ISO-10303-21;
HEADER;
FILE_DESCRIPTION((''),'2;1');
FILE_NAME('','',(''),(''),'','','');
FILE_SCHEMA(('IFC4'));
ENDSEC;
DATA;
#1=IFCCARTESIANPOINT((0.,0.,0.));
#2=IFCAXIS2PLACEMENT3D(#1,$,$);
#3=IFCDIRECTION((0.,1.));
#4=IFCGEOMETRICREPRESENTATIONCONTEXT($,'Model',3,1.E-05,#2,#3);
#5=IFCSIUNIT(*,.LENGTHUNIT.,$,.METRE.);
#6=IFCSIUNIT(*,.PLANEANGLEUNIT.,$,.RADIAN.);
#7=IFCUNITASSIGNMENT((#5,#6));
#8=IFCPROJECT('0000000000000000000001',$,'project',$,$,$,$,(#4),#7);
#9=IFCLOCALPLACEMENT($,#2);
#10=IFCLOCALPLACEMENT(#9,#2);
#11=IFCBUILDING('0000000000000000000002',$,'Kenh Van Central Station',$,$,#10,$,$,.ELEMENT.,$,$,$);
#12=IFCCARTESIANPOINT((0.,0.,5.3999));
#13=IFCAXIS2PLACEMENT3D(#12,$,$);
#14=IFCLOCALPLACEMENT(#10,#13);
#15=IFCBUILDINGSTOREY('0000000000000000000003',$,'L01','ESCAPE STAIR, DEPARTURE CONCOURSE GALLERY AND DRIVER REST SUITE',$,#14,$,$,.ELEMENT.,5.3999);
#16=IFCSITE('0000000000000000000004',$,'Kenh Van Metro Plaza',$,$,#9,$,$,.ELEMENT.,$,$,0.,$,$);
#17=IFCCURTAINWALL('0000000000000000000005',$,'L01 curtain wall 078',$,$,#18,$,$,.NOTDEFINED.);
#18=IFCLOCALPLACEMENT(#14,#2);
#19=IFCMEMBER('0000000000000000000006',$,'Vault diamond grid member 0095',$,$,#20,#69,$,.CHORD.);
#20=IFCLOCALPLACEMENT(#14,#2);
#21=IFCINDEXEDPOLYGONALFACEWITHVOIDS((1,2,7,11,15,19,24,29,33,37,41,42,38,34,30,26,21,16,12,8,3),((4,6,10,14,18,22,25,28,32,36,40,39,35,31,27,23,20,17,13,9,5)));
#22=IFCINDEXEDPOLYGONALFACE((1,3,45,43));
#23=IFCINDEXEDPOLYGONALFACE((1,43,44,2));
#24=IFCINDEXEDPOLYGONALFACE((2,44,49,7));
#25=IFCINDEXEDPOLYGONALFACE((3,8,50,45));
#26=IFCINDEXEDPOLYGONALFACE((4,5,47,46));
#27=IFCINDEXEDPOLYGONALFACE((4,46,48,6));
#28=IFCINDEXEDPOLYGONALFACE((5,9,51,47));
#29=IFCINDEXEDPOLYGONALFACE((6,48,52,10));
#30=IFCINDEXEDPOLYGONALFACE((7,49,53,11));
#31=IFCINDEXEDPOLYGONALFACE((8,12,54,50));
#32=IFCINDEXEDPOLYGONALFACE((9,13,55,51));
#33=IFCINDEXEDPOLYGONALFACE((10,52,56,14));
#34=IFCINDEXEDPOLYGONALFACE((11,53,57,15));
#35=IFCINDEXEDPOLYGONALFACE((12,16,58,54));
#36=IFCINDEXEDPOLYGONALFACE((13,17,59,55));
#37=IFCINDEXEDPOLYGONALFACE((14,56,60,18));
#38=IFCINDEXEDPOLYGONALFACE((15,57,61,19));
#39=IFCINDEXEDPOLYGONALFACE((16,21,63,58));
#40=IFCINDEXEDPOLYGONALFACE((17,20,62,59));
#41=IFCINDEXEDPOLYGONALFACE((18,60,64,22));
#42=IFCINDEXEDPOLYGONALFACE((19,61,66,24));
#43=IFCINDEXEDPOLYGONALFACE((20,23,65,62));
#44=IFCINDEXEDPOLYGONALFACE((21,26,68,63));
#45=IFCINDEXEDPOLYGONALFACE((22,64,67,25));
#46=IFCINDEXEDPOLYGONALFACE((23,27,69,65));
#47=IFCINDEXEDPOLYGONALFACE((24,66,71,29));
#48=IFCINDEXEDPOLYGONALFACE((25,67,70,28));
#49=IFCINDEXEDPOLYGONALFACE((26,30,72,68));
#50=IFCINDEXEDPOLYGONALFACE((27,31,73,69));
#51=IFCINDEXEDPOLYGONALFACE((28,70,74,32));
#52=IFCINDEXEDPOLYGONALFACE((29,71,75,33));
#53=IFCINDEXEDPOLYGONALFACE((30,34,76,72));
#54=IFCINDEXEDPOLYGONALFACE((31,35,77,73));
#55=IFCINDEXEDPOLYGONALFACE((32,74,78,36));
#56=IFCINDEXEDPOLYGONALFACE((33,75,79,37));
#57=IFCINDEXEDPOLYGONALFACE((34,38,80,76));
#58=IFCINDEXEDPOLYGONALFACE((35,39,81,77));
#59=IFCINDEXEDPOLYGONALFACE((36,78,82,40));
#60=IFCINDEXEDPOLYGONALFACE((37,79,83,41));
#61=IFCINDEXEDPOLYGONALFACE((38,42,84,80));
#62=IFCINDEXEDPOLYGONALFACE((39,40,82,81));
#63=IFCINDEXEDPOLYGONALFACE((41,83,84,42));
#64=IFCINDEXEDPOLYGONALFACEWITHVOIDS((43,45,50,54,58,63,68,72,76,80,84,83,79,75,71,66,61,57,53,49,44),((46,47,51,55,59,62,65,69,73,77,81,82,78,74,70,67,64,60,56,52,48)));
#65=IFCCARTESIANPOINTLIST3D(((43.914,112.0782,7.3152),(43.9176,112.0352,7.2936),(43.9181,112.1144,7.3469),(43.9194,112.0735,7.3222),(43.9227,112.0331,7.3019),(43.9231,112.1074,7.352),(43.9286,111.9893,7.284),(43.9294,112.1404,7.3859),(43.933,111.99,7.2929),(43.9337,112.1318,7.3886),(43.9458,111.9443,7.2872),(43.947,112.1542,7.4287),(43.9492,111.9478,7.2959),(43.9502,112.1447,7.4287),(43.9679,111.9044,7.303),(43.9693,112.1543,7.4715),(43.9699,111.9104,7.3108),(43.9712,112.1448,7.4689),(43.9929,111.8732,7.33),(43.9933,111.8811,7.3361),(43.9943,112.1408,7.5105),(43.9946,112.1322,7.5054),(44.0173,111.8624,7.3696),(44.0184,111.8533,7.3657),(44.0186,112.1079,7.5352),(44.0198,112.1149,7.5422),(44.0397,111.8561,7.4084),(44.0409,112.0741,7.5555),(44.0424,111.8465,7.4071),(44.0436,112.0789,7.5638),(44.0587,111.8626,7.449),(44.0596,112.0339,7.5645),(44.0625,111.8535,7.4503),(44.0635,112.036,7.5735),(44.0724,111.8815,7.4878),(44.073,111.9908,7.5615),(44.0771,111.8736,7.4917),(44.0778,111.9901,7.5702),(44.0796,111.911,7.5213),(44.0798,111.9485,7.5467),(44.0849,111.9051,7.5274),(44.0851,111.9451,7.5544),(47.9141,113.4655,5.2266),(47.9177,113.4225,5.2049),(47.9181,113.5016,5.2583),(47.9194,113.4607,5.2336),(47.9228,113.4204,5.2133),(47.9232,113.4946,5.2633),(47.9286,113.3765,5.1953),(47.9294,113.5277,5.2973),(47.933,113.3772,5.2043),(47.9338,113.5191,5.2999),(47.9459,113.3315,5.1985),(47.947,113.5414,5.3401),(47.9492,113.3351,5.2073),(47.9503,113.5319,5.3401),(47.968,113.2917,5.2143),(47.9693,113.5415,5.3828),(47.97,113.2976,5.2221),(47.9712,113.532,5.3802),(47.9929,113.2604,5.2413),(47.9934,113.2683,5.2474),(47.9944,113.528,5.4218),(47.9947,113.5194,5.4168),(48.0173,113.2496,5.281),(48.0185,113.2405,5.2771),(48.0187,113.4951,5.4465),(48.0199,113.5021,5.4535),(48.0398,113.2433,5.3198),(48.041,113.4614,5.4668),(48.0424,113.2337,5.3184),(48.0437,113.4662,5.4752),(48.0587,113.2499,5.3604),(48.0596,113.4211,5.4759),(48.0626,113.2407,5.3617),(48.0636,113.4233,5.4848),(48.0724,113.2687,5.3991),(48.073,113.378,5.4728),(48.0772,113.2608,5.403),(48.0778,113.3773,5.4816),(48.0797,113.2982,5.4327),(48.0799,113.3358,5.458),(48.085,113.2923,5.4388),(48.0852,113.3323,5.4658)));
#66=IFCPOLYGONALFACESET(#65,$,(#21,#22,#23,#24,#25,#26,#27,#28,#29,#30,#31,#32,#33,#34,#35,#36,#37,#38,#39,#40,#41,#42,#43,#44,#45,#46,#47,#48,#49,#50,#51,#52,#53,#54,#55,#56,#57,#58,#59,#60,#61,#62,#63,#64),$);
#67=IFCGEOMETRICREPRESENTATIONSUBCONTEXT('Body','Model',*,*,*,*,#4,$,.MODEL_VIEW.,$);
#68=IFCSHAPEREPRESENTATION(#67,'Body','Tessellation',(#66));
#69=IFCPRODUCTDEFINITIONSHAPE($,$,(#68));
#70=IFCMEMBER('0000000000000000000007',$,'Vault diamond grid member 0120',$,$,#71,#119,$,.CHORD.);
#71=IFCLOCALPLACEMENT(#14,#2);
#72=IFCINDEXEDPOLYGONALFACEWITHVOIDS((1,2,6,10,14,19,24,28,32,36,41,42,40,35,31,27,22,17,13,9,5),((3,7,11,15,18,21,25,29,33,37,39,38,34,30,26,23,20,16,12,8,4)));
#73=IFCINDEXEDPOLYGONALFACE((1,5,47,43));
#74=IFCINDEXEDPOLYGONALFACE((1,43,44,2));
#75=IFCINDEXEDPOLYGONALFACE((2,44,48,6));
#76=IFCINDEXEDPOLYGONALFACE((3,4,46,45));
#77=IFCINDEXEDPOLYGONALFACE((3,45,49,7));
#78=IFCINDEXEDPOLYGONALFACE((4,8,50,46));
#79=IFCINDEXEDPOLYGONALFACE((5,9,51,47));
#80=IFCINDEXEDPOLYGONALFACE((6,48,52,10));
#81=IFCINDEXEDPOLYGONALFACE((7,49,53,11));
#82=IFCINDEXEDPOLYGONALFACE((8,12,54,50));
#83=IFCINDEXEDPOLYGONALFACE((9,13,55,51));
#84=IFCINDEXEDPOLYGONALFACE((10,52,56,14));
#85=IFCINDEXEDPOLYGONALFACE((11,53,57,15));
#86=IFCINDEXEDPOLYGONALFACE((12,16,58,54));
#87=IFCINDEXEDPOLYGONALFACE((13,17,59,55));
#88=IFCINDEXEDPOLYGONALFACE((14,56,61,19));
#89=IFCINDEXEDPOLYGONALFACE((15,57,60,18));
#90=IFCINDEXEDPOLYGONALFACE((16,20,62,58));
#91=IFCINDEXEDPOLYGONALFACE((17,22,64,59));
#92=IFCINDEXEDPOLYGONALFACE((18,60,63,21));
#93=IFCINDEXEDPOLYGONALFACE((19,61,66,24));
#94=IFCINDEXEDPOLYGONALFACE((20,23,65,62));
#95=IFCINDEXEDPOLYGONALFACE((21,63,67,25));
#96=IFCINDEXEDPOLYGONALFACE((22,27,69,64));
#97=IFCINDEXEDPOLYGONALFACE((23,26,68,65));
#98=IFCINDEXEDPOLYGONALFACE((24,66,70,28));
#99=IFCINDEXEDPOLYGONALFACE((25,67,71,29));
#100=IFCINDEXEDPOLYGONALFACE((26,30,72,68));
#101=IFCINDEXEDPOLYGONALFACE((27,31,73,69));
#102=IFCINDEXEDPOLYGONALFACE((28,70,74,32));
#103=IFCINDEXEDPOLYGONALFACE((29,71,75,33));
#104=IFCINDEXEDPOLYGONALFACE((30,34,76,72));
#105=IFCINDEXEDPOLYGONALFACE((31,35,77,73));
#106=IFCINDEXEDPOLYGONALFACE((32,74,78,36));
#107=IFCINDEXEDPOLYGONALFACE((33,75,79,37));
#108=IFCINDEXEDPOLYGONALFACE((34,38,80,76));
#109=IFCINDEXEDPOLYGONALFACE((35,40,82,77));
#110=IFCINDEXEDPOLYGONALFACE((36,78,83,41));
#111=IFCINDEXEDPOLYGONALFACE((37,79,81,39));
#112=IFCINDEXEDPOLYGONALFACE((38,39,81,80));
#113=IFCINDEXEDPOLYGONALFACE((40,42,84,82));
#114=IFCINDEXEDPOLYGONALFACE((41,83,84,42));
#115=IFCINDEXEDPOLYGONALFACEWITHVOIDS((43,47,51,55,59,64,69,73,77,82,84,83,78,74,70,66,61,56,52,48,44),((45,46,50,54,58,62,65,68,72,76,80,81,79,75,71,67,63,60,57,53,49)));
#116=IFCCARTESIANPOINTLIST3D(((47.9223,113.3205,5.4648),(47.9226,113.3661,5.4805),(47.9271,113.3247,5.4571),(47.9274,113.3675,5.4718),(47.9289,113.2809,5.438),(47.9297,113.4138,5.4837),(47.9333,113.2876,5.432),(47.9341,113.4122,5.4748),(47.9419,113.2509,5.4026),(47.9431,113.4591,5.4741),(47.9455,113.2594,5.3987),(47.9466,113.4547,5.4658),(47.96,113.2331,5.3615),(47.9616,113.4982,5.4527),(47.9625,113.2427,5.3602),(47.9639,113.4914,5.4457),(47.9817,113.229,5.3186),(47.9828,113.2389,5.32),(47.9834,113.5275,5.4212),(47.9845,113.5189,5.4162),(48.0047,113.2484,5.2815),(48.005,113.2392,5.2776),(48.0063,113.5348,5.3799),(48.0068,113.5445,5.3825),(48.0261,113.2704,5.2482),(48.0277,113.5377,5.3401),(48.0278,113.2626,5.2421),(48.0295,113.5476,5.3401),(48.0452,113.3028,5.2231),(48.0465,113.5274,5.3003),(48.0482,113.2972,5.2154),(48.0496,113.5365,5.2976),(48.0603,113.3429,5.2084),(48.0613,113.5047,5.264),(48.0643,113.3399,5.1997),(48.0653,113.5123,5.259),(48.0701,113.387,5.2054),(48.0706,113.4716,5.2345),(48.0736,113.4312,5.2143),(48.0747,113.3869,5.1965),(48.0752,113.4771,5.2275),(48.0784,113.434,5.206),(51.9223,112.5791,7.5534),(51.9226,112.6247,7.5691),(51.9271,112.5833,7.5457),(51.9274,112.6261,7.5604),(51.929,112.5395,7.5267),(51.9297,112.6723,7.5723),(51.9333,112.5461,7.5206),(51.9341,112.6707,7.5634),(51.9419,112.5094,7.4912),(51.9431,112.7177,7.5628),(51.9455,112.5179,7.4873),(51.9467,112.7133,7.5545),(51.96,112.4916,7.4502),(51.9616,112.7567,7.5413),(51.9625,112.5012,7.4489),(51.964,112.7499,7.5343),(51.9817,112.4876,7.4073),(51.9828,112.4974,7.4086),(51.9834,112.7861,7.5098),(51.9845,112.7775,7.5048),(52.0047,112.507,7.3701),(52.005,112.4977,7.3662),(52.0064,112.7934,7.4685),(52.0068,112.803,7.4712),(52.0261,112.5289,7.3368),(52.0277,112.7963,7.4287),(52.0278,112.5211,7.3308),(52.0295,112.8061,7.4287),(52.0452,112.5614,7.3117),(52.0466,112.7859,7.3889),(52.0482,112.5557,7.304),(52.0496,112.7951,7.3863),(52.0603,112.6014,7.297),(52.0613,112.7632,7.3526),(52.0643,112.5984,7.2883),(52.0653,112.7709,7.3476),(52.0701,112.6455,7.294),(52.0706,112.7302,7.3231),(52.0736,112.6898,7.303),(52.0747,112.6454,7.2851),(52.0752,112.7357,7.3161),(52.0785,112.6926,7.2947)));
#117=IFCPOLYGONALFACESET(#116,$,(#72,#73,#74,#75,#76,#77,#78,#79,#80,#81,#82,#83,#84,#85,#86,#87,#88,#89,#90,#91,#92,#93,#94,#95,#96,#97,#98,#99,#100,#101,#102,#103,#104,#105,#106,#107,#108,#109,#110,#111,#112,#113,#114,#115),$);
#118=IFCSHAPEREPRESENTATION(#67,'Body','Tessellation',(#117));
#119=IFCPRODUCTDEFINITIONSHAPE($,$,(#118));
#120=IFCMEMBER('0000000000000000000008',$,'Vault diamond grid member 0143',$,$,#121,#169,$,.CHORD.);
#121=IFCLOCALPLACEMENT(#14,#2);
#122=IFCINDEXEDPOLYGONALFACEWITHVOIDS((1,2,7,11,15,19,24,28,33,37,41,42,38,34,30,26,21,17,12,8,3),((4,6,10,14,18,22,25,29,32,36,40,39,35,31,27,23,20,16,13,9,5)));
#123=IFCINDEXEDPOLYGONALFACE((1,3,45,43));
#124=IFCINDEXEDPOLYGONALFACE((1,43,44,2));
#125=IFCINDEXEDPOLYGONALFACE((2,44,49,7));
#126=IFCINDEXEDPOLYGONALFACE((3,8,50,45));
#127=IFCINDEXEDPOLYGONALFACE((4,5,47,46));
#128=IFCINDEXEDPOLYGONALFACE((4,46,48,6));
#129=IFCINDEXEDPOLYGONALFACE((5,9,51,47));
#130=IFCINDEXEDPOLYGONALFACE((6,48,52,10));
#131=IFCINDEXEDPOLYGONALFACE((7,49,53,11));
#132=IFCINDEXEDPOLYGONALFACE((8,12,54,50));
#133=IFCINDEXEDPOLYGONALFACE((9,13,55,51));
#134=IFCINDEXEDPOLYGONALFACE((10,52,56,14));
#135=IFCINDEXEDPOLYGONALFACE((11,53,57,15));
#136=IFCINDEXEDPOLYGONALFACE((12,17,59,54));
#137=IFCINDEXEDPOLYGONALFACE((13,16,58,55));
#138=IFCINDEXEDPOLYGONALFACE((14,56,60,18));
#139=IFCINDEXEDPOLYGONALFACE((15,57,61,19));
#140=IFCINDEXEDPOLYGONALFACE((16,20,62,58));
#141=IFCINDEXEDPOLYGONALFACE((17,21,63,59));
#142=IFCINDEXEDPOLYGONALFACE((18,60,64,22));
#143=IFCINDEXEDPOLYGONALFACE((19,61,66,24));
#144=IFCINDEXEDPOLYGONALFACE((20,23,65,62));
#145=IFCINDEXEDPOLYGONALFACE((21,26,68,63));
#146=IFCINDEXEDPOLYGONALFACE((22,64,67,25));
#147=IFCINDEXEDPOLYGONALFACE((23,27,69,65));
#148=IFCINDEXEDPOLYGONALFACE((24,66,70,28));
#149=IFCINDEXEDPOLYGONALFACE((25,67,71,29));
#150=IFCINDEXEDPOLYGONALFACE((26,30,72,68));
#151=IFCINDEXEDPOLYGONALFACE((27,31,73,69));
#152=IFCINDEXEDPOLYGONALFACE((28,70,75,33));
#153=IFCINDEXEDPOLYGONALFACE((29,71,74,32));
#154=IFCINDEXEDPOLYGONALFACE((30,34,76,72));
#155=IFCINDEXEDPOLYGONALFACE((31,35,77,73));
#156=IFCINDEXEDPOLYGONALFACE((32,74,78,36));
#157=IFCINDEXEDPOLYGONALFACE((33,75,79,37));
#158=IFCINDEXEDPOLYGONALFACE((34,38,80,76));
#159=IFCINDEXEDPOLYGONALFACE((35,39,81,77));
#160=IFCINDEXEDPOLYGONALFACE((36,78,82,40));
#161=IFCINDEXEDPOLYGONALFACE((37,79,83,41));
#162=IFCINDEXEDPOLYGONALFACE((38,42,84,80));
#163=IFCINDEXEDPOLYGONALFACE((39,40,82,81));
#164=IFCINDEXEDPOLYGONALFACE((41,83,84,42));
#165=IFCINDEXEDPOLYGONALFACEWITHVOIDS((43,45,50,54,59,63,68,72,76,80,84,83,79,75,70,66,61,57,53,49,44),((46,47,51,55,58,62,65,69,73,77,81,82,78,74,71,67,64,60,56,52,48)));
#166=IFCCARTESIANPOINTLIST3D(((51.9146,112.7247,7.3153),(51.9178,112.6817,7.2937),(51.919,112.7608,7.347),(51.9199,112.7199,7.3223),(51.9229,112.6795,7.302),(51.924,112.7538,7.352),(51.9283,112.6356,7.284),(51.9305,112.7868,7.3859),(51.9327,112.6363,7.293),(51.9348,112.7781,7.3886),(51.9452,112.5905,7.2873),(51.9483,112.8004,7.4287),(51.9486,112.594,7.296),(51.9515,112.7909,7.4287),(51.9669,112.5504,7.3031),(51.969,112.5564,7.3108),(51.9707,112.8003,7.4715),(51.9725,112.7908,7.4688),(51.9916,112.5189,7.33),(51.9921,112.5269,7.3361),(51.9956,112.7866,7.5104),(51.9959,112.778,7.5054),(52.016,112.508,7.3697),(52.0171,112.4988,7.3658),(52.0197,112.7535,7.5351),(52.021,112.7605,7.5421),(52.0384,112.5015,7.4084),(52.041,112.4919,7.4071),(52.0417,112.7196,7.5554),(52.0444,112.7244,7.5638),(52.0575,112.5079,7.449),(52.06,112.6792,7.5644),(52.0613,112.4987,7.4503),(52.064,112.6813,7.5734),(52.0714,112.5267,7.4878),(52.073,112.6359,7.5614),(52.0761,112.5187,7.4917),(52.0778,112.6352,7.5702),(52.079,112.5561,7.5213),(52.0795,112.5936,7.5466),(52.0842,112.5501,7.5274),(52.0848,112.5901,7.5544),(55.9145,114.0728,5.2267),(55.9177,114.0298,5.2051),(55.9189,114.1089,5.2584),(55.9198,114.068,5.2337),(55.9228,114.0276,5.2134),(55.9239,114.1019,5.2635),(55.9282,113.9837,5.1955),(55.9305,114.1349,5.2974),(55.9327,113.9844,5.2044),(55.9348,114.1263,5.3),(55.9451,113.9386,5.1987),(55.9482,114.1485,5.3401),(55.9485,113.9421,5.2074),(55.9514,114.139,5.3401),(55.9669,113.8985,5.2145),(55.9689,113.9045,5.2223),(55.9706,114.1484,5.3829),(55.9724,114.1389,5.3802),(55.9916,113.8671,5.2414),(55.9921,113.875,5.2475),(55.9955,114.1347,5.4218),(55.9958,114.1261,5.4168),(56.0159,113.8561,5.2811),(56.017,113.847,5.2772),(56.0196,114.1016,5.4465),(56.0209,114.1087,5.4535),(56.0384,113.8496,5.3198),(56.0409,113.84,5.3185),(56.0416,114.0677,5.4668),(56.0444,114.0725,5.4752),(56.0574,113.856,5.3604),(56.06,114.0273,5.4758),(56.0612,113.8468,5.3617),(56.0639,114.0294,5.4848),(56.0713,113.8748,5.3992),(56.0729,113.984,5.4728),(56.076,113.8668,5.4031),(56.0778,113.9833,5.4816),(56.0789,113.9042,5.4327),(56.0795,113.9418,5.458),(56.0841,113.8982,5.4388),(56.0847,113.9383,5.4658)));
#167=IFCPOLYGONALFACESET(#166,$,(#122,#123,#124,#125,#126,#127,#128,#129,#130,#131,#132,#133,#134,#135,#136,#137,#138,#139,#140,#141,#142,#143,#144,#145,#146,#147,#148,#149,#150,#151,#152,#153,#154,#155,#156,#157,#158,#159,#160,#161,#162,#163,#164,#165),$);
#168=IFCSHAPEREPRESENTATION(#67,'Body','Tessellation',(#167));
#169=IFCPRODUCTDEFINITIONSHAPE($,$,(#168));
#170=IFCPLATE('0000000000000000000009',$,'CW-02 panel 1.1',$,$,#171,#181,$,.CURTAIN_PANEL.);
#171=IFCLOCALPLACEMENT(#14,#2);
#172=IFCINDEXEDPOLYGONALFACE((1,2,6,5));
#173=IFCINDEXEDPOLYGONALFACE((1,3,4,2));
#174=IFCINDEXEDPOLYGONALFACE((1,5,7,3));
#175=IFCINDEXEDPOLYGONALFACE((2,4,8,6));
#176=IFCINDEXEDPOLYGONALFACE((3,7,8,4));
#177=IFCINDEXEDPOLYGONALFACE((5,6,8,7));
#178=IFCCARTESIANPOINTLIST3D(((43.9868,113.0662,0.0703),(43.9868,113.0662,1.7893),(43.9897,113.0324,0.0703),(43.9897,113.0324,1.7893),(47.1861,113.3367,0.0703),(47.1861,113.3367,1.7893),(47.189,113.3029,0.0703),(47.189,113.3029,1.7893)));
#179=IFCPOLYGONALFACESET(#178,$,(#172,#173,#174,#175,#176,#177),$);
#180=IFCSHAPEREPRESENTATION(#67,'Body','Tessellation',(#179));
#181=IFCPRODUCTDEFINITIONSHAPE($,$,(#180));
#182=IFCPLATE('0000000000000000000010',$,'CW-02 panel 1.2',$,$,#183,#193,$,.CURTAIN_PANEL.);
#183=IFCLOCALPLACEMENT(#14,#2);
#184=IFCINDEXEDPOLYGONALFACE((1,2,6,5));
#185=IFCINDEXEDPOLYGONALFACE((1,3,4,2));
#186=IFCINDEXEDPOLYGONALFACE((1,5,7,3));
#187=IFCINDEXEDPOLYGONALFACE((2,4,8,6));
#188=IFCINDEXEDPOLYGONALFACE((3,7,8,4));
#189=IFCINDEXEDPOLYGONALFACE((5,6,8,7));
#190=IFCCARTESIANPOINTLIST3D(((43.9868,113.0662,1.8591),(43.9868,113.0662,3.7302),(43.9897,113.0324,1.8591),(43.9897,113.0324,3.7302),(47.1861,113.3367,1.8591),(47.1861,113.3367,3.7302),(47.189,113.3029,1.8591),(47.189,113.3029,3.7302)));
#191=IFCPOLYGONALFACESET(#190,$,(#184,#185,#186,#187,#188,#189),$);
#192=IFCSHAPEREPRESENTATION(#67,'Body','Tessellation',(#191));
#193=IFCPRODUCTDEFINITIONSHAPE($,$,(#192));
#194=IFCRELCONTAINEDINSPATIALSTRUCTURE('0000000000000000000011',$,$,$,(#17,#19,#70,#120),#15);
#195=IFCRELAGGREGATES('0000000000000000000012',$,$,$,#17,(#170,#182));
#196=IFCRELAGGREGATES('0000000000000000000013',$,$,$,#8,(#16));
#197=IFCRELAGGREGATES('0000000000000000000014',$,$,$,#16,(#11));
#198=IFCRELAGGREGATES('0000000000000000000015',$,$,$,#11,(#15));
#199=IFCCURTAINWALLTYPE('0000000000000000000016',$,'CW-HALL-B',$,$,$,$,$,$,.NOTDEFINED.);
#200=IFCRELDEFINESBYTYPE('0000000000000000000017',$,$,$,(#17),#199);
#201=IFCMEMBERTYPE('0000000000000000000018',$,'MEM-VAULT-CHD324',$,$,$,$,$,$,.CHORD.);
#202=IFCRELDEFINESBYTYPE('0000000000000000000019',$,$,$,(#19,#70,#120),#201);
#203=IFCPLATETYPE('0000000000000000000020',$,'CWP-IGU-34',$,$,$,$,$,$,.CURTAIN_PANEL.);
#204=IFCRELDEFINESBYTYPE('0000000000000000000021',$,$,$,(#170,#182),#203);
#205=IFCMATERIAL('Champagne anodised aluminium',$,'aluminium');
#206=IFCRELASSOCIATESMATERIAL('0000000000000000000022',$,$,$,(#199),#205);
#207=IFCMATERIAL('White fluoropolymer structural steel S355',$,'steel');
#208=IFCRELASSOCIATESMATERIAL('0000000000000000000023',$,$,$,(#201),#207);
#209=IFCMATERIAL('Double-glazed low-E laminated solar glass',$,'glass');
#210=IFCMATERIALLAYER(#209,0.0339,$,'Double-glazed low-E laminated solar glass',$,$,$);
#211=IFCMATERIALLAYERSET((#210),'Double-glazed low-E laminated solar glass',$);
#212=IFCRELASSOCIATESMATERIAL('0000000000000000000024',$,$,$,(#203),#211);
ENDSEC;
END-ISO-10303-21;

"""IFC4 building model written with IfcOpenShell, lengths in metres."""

from ifc_helpers import new_model, si_unit, direction, frame, origin, origin_2d, place, context, subcontext, project, spatial, rectangle, hollow_circle, extrude, material, layer, layer_set, material_profile, profile_set, type_object, element, aggregate, save


model = new_model("IFC4")

# Units and contexts
model_context = context("Model", 3, precision=1e-05, world=origin(), true_north=direction((0.0, 1.0)))
body_context = subcontext(model_context, "Body", "Model", "MODEL_VIEW")
ifc_project = project(units=[si_unit("LENGTHUNIT", "METRE"), si_unit("PLANEANGLEUNIT", "RADIAN")], contexts=[model_context])

# Site, building, storey
site_placement = place(None, origin())
site = spatial("IfcSite", under=ifc_project, at=site_placement, Name="Kenh Van Metro Plaza", CompositionType="ELEMENT", RefElevation=0.0)
building_placement = place(site_placement, origin())
building = spatial("IfcBuilding", under=site, at=building_placement, Name="Kenh Van Central Station", CompositionType="ELEMENT")
storey_placement = place(building_placement, frame((0.0, 0.0, 5.3999)))
storey = spatial("IfcBuildingStorey", under=building, at=storey_placement, Name="L01", Description="ESCAPE STAIR, DEPARTURE CONCOURSE GALLERY AND DRIVER REST SUITE", CompositionType="ELEMENT", Elevation=5.3999)

# Shared definitions
ifc_material_1 = material(Name="White fluoropolymer structural steel S355", Category="steel")

# Curtain wall
ifc_material_2 = material(Name="Champagne anodised aluminium", Category="aluminium")
curtain_wall_type = type_object("IfcCurtainWallType", Name="CW-HALL-B", PredefinedType="NOTDEFINED", material=ifc_material_2)
curtain_wall_1_placement = place(storey_placement, origin())
curtain_wall_1 = element("IfcCurtainWall", 1, at=curtain_wall_1_placement, inside=storey, type_object=curtain_wall_type, Name="L01 curtain wall 078", PredefinedType="NOTDEFINED")

# Members
ifc_material_profile_1 = material_profile(ifc_material_1, hollow_circle(Radius=0.1619, WallThickness=0.01, at=origin_2d()), Name="CHS 323.9x10")
ifc_profile_set_1 = profile_set([ifc_material_profile_1], Name="White fluoropolymer structural steel S355")
member_type_1 = type_object("IfcMemberType", Name="MEM-VAULT-CHD324", PredefinedType="CHORD", material=ifc_profile_set_1)
member_1_placement = place(storey_placement, frame((44.0, 112.0012, 7.4287), z_axis=(0.8473, 0.293845, -0.442423), x_axis=(-0.327657, 0.944797, 0.0)))
element("IfcMember", 2, at=member_1_placement, inside=storey, type_object=member_type_1, Name="Vault diamond grid member 0095", PredefinedType="CHORD", context=body_context, shape_type="SweptSolid", body=[
    extrude(hollow_circle(Radius=0.1619, WallThickness=0.01, at=origin_2d()), origin(), (0.0, 0.0, 1.0), 4.7209),
])
member_2_placement = place(storey_placement, frame((48.0, 113.3884, 5.3401), z_axis=(0.874704, -0.162138, 0.456732), x_axis=(0.182259, 0.983251, 0.0)))
element("IfcMember", 3, at=member_2_placement, inside=storey, type_object=member_type_1, Name="Vault diamond grid member 0120", PredefinedType="CHORD", context=body_context, shape_type="SweptSolid", body=[
    extrude(hollow_circle(Radius=0.1619, WallThickness=0.01, at=origin_2d()), origin(), (0.0, 0.0, 1.0), 4.573),
])
member_3_placement = place(storey_placement, frame((52.0, 112.647, 7.4287), z_axis=(0.849338, 0.286258, -0.443487), x_axis=(-0.319384, 0.947625, 0.0)))
element("IfcMember", 4, at=member_3_placement, inside=storey, type_object=member_type_1, Name="Vault diamond grid member 0143", PredefinedType="CHORD", context=body_context, shape_type="SweptSolid", body=[
    extrude(hollow_circle(Radius=0.1619, WallThickness=0.01, at=origin_2d()), origin(), (0.0, 0.0, 1.0), 4.7095),
])

# Plates
ifc_material_3 = material(Name="Double-glazed low-E laminated solar glass", Category="glass")
ifc_layer_1 = layer(ifc_material_3, 0.0339, Name="Double-glazed low-E laminated solar glass")
ifc_layer_set_1 = layer_set([ifc_layer_1], Name="Double-glazed low-E laminated solar glass")
plate_type = type_object("IfcPlateType", Name="CWP-IGU-34", PredefinedType="CURTAIN_PANEL", material=ifc_layer_set_1)
plate_1_placement = place(storey_placement, frame((45.5879, 113.1846, 0.0703), z_axis=(0.0, 0.0, 1.0), x_axis=(-0.996445, -0.084244, 0.0)))
plate_1 = element("IfcPlate", 5, at=plate_1_placement, type_object=plate_type, Name="CW-02 panel 1.1", PredefinedType="CURTAIN_PANEL", context=body_context, shape_type="SweptSolid", body=[
    extrude(rectangle(XDim=3.2107, YDim=0.0339, at=origin_2d()), origin(), (0.0, 0.0, 1.0), 1.719),
])
plate_2_placement = place(storey_placement, frame((45.5879, 113.1846, 1.8591), z_axis=(0.0, 0.0, 1.0), x_axis=(-0.996445, -0.084244, 0.0)))
plate_2 = element("IfcPlate", 6, at=plate_2_placement, type_object=plate_type, Name="CW-02 panel 1.2", PredefinedType="CURTAIN_PANEL", context=body_context, shape_type="SweptSolid", body=[
    extrude(rectangle(XDim=3.2107, YDim=0.0339, at=origin_2d()), origin(), (0.0, 0.0, 1.0), 1.8711),
])
aggregate(curtain_wall_1, [plate_1, plate_2])

save(model, "model.ifc")
